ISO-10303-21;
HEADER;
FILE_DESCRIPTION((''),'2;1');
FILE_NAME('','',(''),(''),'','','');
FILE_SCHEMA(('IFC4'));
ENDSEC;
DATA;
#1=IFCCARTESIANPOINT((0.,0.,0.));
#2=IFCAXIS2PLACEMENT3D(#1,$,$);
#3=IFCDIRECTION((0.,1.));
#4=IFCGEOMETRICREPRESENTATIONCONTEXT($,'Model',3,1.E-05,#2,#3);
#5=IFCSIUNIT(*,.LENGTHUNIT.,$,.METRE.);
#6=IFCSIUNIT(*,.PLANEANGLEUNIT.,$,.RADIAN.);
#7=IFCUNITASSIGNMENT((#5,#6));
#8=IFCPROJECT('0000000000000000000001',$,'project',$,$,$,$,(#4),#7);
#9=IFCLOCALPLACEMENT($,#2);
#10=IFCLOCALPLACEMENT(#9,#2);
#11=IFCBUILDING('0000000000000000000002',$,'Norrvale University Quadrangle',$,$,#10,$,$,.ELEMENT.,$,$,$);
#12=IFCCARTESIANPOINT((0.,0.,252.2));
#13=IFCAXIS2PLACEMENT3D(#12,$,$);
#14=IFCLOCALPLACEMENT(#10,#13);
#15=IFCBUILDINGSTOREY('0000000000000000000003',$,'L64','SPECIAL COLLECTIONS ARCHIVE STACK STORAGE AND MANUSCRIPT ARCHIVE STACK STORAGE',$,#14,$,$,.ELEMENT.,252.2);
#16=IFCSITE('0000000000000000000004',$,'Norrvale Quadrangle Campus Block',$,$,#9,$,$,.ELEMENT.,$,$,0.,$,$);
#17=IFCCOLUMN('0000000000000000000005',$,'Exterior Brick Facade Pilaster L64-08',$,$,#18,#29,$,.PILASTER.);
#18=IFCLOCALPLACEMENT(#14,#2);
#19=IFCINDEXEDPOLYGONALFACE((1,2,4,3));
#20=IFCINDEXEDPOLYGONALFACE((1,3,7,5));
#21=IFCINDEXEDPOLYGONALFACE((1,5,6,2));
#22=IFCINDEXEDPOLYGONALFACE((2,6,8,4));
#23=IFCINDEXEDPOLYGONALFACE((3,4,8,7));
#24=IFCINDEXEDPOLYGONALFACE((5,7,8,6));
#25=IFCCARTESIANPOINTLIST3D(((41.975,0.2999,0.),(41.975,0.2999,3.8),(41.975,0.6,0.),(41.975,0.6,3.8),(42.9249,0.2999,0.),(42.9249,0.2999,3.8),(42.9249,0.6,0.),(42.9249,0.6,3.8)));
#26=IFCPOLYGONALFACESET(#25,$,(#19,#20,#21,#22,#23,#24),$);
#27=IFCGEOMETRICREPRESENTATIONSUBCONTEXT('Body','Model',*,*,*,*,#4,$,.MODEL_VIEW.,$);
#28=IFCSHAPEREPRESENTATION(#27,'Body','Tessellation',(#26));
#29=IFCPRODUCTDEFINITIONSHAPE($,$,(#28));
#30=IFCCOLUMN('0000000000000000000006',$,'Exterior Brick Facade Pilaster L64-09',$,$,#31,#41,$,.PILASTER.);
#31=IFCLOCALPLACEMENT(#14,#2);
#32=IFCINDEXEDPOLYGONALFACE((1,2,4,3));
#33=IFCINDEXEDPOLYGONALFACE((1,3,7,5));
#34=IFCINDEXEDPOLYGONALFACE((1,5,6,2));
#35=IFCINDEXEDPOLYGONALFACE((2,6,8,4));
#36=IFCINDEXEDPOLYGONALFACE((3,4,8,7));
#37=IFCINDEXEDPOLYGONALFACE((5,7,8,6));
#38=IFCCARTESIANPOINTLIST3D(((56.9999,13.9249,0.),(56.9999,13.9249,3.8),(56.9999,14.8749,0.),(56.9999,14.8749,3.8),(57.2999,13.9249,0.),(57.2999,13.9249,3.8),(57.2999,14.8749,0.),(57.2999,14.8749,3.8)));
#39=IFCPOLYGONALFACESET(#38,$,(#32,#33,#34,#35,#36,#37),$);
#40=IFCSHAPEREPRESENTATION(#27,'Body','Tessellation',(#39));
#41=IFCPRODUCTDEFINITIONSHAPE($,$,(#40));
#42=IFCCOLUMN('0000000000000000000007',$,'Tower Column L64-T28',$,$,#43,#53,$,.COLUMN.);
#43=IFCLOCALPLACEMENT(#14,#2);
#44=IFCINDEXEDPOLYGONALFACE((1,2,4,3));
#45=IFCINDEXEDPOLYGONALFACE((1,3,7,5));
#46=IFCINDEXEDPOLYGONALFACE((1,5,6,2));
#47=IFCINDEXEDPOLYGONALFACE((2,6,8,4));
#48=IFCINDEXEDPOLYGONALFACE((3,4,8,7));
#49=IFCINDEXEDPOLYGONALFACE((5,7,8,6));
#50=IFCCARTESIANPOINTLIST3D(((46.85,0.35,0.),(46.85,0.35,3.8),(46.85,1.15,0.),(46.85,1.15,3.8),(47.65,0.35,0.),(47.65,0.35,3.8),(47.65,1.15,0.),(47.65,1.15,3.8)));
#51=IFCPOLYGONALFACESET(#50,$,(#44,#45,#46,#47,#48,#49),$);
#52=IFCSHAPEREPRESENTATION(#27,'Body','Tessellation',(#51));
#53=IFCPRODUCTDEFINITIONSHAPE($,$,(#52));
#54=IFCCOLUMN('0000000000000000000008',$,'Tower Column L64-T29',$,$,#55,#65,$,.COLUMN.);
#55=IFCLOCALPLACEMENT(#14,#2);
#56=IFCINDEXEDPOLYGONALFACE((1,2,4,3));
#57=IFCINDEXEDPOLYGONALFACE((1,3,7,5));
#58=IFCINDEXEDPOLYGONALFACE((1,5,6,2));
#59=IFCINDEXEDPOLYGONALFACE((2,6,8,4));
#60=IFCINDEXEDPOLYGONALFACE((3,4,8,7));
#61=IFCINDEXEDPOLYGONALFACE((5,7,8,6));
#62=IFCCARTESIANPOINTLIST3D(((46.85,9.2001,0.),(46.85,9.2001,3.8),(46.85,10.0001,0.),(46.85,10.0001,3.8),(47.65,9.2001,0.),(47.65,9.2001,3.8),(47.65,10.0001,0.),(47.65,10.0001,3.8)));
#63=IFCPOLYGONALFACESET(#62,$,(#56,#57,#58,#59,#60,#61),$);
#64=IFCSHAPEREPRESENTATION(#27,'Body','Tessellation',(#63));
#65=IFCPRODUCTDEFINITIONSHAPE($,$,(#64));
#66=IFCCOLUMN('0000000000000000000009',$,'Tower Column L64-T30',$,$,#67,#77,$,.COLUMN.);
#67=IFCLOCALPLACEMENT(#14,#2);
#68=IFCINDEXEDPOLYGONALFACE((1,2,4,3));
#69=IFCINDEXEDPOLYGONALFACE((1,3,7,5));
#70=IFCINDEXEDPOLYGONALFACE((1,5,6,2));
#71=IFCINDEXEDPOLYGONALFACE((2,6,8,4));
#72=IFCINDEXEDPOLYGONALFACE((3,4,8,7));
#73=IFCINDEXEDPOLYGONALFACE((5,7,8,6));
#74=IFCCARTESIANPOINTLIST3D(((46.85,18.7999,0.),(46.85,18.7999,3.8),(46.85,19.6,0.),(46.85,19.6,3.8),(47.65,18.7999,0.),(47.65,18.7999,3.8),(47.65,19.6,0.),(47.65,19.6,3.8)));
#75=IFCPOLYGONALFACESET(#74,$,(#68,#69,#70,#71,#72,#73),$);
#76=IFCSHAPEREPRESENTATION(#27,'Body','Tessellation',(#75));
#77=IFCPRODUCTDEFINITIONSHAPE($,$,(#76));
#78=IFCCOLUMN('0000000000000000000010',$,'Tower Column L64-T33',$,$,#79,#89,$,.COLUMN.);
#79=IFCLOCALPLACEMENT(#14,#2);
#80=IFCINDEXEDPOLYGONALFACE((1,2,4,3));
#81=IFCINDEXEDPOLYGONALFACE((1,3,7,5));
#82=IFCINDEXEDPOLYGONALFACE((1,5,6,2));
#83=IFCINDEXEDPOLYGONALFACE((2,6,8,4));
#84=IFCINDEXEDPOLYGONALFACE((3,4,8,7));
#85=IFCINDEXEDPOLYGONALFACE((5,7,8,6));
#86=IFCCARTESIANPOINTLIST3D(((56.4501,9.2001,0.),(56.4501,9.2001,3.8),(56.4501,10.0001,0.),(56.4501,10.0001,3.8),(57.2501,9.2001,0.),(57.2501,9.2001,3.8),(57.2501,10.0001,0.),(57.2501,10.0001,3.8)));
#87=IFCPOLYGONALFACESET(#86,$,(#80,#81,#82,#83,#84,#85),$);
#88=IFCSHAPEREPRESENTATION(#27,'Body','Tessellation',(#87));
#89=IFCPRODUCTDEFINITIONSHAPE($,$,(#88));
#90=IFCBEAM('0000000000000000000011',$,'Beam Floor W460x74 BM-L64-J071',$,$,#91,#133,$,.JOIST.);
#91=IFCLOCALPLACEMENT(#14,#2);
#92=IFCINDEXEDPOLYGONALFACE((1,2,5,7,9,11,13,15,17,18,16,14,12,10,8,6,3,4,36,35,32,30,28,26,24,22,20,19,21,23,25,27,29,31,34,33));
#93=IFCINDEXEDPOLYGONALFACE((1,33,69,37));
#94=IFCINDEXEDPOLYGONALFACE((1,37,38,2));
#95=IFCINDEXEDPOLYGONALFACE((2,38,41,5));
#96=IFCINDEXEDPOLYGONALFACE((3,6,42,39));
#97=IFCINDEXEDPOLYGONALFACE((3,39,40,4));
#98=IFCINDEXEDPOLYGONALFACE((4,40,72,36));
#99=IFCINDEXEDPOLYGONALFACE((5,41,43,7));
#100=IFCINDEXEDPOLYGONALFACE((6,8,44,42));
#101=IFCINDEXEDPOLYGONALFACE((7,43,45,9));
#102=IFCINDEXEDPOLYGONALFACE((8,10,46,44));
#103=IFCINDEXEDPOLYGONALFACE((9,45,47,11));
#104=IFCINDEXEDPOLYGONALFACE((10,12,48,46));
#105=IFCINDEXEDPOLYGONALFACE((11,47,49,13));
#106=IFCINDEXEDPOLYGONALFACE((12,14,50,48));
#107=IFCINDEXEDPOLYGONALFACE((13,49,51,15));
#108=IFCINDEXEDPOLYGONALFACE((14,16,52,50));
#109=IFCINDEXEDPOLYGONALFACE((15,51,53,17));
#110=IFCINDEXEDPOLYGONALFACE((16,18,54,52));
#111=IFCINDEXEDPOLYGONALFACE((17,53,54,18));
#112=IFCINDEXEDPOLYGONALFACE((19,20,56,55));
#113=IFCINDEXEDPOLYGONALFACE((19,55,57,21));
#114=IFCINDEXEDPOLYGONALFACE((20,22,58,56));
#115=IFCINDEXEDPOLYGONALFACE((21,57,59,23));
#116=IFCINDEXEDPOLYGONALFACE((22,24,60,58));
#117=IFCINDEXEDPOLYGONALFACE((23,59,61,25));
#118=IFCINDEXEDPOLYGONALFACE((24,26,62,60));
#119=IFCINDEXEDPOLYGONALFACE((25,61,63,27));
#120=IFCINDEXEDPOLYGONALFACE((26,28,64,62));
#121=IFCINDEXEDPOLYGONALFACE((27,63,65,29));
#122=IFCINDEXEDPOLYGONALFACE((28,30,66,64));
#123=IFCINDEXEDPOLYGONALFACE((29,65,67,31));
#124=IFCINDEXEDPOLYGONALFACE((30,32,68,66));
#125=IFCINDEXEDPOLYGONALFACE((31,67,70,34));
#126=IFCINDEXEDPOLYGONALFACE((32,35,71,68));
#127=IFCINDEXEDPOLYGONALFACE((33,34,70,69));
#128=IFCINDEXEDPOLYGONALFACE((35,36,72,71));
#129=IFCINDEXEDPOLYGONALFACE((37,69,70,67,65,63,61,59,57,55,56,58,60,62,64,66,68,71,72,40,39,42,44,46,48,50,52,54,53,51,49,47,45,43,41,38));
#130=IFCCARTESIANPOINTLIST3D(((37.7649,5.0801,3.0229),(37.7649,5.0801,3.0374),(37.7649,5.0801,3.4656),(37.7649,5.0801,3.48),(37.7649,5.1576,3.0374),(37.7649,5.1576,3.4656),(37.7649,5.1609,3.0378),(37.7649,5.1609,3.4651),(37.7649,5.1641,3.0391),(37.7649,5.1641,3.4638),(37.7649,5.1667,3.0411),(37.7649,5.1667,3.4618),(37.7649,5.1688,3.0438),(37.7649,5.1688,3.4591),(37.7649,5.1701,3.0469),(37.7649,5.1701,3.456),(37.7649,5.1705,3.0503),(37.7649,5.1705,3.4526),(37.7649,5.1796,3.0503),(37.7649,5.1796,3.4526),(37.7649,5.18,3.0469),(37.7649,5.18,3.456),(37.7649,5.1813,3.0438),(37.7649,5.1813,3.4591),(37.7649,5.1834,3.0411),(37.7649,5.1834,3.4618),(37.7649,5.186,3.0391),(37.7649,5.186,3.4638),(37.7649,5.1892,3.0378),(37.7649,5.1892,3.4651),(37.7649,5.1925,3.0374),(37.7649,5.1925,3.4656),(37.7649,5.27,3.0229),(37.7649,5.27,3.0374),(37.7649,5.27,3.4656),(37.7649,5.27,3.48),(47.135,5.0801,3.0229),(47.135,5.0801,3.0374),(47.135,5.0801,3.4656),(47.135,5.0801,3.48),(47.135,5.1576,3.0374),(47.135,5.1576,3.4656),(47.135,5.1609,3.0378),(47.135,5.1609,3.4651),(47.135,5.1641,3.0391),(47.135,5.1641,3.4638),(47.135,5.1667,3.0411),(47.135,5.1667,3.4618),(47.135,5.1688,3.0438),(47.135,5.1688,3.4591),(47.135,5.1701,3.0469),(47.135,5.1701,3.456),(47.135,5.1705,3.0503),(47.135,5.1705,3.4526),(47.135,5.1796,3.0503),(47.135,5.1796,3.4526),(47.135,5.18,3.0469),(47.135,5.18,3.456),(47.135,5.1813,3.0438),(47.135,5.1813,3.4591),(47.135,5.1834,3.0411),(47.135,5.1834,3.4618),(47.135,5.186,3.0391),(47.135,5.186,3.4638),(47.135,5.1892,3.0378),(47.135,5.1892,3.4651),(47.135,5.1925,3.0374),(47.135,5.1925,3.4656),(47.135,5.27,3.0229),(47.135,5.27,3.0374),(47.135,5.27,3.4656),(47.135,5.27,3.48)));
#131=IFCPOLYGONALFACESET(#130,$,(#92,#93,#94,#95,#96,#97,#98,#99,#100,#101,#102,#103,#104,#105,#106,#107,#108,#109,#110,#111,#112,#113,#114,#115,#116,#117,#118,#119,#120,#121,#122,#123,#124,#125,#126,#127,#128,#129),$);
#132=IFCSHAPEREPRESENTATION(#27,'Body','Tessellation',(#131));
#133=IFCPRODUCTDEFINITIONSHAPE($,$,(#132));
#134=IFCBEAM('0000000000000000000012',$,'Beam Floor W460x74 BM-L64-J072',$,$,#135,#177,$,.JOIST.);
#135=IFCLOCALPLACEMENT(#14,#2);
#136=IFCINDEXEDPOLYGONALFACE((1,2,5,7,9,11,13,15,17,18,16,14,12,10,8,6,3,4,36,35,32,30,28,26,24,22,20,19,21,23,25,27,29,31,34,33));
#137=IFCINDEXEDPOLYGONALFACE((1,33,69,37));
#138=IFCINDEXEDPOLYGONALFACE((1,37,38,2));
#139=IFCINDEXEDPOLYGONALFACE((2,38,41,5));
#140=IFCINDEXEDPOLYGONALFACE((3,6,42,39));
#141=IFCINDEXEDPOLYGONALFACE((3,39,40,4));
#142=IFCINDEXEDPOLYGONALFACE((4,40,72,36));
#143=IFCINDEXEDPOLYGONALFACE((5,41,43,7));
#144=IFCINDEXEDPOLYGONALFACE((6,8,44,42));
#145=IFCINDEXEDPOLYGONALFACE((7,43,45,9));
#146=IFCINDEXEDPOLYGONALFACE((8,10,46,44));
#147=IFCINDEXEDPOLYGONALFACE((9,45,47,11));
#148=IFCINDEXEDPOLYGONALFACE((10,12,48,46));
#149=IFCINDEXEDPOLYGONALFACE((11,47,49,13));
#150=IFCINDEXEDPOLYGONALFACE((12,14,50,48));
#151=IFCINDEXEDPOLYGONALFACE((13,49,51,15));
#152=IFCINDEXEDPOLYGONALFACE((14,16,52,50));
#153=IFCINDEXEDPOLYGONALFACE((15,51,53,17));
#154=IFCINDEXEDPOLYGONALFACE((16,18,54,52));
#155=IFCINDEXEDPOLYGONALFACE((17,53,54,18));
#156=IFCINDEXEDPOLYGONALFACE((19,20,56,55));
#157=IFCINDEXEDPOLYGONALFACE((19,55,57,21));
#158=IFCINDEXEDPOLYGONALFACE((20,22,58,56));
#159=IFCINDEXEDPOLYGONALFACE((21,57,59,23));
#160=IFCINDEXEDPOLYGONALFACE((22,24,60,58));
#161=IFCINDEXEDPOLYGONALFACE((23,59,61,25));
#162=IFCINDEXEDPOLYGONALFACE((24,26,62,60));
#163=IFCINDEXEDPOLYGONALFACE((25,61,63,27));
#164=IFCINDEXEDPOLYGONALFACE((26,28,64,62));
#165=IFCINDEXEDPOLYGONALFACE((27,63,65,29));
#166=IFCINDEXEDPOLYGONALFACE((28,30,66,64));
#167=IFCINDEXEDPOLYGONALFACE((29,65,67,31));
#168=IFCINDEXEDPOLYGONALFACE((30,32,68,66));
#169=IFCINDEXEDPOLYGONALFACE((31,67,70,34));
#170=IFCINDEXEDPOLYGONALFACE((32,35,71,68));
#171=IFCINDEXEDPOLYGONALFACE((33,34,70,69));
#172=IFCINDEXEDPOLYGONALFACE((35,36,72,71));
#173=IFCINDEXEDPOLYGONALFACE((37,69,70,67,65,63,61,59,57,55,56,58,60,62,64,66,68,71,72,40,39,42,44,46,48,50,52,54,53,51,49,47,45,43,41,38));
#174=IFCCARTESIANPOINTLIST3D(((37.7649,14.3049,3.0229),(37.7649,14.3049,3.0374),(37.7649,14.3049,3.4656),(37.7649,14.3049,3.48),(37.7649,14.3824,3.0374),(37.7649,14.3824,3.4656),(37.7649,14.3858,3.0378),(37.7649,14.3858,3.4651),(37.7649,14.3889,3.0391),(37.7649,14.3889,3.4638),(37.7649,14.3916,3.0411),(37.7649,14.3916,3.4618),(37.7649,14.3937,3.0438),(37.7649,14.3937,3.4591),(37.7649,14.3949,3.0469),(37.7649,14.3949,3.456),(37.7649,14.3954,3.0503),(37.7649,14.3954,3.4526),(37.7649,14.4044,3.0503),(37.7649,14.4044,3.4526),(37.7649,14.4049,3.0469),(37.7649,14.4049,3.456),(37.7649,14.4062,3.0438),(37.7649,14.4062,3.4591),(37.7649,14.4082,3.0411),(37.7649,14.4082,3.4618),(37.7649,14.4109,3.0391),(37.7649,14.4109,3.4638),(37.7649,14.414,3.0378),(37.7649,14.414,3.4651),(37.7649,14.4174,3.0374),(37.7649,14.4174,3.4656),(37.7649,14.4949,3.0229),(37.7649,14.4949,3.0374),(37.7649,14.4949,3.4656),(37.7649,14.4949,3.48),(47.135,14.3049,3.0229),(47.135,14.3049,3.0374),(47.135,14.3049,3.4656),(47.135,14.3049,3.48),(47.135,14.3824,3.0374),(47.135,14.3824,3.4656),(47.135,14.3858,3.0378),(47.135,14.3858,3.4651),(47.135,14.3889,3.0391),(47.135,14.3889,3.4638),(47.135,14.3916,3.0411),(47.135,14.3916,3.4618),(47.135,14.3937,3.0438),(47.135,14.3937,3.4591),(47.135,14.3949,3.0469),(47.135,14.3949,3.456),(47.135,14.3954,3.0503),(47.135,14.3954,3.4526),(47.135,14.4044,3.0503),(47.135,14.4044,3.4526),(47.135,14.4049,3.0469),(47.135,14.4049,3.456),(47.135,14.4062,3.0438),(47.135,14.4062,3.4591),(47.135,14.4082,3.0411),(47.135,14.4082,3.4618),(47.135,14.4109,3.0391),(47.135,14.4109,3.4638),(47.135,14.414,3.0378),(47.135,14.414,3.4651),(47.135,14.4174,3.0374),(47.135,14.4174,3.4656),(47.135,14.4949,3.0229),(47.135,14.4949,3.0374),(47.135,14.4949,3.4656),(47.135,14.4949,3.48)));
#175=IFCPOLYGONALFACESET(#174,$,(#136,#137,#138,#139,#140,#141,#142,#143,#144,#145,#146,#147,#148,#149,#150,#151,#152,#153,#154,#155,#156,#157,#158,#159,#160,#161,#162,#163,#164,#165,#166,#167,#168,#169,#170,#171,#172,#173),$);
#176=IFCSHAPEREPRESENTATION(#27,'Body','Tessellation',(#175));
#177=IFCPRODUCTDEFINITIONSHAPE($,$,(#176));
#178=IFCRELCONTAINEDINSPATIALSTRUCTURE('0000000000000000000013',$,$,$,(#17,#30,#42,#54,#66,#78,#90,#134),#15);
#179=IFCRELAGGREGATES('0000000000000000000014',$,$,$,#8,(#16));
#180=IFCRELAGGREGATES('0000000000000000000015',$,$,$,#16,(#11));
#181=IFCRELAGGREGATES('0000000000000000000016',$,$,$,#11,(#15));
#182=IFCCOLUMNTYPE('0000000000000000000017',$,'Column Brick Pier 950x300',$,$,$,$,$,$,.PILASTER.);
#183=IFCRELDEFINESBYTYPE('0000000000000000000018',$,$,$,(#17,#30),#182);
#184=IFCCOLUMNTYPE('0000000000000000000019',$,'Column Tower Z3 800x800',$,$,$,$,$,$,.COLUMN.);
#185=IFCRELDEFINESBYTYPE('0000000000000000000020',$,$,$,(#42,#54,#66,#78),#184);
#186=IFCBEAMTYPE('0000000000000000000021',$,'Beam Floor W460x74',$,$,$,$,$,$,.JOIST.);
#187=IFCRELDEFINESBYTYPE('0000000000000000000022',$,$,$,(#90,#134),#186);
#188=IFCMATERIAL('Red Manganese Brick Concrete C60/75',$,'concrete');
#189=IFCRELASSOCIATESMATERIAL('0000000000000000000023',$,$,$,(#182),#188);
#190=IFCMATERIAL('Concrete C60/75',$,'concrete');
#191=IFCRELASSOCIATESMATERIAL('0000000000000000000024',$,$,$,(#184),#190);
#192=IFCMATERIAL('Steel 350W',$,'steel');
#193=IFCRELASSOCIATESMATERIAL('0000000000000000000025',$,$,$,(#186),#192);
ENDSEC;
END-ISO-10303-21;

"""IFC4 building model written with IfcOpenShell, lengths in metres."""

from ifc_helpers import new_model, si_unit, direction, frame, origin, origin_2d, place, context, subcontext, project, spatial, rectangle, i_section, extrude, material, material_profile, profile_set, type_object, element, save


model = new_model("IFC4")

# Units and contexts
model_context = context("Model", 3, precision=1e-05, world=origin(), true_north=direction((0.0, 1.0)))
body_context = subcontext(model_context, "Body", "Model", "MODEL_VIEW")
ifc_project = project(units=[si_unit("LENGTHUNIT", "METRE"), si_unit("PLANEANGLEUNIT", "RADIAN")], contexts=[model_context])

# Site, building, storey
site_placement = place(None, origin())
site = spatial("IfcSite", under=ifc_project, at=site_placement, Name="Norrvale Quadrangle Campus Block", CompositionType="ELEMENT", RefElevation=0.0)
building_placement = place(site_placement, origin())
building = spatial("IfcBuilding", under=site, at=building_placement, Name="Norrvale University Quadrangle", CompositionType="ELEMENT")
storey_placement = place(building_placement, frame((0.0, 0.0, 252.2)))
storey = spatial("IfcBuildingStorey", under=building, at=storey_placement, Name="L64", Description="SPECIAL COLLECTIONS ARCHIVE STACK STORAGE AND MANUSCRIPT ARCHIVE STACK STORAGE", CompositionType="ELEMENT", Elevation=252.2)

# Columns
ifc_material_1 = material(Name="Red Manganese Brick Concrete C60/75", Category="concrete")
ifc_material_profile_1 = material_profile(ifc_material_1, rectangle(XDim=0.95, YDim=0.3, at=origin_2d()), Name="Red Manganese Brick Concrete C60/75")
ifc_profile_set_1 = profile_set([ifc_material_profile_1], Name="Red Manganese Brick Concrete C60/75")
column_type_1 = type_object("IfcColumnType", Name="Column Brick Pier 950x300", PredefinedType="PILASTER", material=ifc_profile_set_1)
for number, where, z_axis, x_axis, name in (
    (1, (42.45, 0.45, 0.0), (0.0, 0.0, 1.0), (1.0, 0.0, 0.0), "Exterior Brick Facade Pilaster L64-08"),
    (2, (57.1499, 14.3999, 0.0), (0.0, 0.0, 1.0), (0.0, 1.0, 0.0), "Exterior Brick Facade Pilaster L64-09"),
):
    element("IfcColumn", number, at=place(storey_placement, frame(where, z_axis=z_axis, x_axis=x_axis)), inside=storey, type_object=column_type_1, Name=name, PredefinedType="PILASTER", context=body_context, shape_type="SweptSolid", body=[
        extrude(rectangle(XDim=0.95, YDim=0.3, at=origin_2d()), origin(), (0.0, 0.0, 1.0), 3.8),
    ])
ifc_material_2 = material(Name="Concrete C60/75", Category="concrete")
ifc_material_profile_2 = material_profile(ifc_material_2, rectangle(XDim=0.8, YDim=0.8, at=origin_2d()), Name="Concrete C60/75")
ifc_profile_set_2 = profile_set([ifc_material_profile_2], Name="Concrete C60/75")
column_type_2 = type_object("IfcColumnType", Name="Column Tower Z3 800x800", PredefinedType="COLUMN", material=ifc_profile_set_2)
for number, where, z_axis, x_axis, name in (
    (3, (47.25, 0.75, 0.0), (0.0, 0.0, 1.0), (1.0, 0.0, 0.0), "Tower Column L64-T28"),
    (4, (47.25, 9.6001, 0.0), (0.0, 0.0, 1.0), (1.0, 0.0, 0.0), "Tower Column L64-T29"),
    (5, (47.25, 19.2, 0.0), (0.0, 0.0, 1.0), (1.0, 0.0, 0.0), "Tower Column L64-T30"),
    (6, (56.8501, 9.6001, 0.0), (0.0, 0.0, 1.0), (1.0, 0.0, 0.0), "Tower Column L64-T33"),
):
    element("IfcColumn", number, at=place(storey_placement, frame(where, z_axis=z_axis, x_axis=x_axis)), inside=storey, type_object=column_type_2, Name=name, PredefinedType="COLUMN", context=body_context, shape_type="SweptSolid", body=[
        extrude(rectangle(XDim=0.8, YDim=0.8, at=origin_2d()), origin(), (0.0, 0.0, 1.0), 3.8),
    ])

# Beams
ifc_material_3 = material(Name="Steel 350W", Category="steel")
ifc_material_profile_3 = material_profile(ifc_material_3, i_section(OverallWidth=0.1899, OverallDepth=0.457, WebThickness=0.009, FlangeThickness=0.0144, FilletRadius=0.0129, at=origin_2d()), Name="Steel 350W")
ifc_profile_set_3 = profile_set([ifc_material_profile_3], Name="Steel 350W")
beam_type_1 = type_object("IfcBeamType", Name="Beam Floor W460x74", PredefinedType="JOIST", material=ifc_profile_set_3)
for number, where, z_axis, x_axis, name in (
    (7, (37.7649, 5.175, 3.2515), (1.0, 0.0, 0.0), (0.0, 1.0, 0.0), "Beam Floor W460x74 BM-L64-J071"),
    (8, (37.7649, 14.3999, 3.2515), (1.0, 0.0, 0.0), (0.0, 1.0, 0.0), "Beam Floor W460x74 BM-L64-J072"),
):
    element("IfcBeam", number, at=place(storey_placement, frame(where, z_axis=z_axis, x_axis=x_axis)), inside=storey, type_object=beam_type_1, Name=name, PredefinedType="JOIST", context=body_context, shape_type="SweptSolid", body=[
        extrude(i_section(OverallWidth=0.1899, OverallDepth=0.457, WebThickness=0.009, FlangeThickness=0.0144, FilletRadius=0.0129, at=origin_2d()), origin(), (0.0, 0.0, 1.0), 9.3701),
    ])

save(model, "model.ifc")
